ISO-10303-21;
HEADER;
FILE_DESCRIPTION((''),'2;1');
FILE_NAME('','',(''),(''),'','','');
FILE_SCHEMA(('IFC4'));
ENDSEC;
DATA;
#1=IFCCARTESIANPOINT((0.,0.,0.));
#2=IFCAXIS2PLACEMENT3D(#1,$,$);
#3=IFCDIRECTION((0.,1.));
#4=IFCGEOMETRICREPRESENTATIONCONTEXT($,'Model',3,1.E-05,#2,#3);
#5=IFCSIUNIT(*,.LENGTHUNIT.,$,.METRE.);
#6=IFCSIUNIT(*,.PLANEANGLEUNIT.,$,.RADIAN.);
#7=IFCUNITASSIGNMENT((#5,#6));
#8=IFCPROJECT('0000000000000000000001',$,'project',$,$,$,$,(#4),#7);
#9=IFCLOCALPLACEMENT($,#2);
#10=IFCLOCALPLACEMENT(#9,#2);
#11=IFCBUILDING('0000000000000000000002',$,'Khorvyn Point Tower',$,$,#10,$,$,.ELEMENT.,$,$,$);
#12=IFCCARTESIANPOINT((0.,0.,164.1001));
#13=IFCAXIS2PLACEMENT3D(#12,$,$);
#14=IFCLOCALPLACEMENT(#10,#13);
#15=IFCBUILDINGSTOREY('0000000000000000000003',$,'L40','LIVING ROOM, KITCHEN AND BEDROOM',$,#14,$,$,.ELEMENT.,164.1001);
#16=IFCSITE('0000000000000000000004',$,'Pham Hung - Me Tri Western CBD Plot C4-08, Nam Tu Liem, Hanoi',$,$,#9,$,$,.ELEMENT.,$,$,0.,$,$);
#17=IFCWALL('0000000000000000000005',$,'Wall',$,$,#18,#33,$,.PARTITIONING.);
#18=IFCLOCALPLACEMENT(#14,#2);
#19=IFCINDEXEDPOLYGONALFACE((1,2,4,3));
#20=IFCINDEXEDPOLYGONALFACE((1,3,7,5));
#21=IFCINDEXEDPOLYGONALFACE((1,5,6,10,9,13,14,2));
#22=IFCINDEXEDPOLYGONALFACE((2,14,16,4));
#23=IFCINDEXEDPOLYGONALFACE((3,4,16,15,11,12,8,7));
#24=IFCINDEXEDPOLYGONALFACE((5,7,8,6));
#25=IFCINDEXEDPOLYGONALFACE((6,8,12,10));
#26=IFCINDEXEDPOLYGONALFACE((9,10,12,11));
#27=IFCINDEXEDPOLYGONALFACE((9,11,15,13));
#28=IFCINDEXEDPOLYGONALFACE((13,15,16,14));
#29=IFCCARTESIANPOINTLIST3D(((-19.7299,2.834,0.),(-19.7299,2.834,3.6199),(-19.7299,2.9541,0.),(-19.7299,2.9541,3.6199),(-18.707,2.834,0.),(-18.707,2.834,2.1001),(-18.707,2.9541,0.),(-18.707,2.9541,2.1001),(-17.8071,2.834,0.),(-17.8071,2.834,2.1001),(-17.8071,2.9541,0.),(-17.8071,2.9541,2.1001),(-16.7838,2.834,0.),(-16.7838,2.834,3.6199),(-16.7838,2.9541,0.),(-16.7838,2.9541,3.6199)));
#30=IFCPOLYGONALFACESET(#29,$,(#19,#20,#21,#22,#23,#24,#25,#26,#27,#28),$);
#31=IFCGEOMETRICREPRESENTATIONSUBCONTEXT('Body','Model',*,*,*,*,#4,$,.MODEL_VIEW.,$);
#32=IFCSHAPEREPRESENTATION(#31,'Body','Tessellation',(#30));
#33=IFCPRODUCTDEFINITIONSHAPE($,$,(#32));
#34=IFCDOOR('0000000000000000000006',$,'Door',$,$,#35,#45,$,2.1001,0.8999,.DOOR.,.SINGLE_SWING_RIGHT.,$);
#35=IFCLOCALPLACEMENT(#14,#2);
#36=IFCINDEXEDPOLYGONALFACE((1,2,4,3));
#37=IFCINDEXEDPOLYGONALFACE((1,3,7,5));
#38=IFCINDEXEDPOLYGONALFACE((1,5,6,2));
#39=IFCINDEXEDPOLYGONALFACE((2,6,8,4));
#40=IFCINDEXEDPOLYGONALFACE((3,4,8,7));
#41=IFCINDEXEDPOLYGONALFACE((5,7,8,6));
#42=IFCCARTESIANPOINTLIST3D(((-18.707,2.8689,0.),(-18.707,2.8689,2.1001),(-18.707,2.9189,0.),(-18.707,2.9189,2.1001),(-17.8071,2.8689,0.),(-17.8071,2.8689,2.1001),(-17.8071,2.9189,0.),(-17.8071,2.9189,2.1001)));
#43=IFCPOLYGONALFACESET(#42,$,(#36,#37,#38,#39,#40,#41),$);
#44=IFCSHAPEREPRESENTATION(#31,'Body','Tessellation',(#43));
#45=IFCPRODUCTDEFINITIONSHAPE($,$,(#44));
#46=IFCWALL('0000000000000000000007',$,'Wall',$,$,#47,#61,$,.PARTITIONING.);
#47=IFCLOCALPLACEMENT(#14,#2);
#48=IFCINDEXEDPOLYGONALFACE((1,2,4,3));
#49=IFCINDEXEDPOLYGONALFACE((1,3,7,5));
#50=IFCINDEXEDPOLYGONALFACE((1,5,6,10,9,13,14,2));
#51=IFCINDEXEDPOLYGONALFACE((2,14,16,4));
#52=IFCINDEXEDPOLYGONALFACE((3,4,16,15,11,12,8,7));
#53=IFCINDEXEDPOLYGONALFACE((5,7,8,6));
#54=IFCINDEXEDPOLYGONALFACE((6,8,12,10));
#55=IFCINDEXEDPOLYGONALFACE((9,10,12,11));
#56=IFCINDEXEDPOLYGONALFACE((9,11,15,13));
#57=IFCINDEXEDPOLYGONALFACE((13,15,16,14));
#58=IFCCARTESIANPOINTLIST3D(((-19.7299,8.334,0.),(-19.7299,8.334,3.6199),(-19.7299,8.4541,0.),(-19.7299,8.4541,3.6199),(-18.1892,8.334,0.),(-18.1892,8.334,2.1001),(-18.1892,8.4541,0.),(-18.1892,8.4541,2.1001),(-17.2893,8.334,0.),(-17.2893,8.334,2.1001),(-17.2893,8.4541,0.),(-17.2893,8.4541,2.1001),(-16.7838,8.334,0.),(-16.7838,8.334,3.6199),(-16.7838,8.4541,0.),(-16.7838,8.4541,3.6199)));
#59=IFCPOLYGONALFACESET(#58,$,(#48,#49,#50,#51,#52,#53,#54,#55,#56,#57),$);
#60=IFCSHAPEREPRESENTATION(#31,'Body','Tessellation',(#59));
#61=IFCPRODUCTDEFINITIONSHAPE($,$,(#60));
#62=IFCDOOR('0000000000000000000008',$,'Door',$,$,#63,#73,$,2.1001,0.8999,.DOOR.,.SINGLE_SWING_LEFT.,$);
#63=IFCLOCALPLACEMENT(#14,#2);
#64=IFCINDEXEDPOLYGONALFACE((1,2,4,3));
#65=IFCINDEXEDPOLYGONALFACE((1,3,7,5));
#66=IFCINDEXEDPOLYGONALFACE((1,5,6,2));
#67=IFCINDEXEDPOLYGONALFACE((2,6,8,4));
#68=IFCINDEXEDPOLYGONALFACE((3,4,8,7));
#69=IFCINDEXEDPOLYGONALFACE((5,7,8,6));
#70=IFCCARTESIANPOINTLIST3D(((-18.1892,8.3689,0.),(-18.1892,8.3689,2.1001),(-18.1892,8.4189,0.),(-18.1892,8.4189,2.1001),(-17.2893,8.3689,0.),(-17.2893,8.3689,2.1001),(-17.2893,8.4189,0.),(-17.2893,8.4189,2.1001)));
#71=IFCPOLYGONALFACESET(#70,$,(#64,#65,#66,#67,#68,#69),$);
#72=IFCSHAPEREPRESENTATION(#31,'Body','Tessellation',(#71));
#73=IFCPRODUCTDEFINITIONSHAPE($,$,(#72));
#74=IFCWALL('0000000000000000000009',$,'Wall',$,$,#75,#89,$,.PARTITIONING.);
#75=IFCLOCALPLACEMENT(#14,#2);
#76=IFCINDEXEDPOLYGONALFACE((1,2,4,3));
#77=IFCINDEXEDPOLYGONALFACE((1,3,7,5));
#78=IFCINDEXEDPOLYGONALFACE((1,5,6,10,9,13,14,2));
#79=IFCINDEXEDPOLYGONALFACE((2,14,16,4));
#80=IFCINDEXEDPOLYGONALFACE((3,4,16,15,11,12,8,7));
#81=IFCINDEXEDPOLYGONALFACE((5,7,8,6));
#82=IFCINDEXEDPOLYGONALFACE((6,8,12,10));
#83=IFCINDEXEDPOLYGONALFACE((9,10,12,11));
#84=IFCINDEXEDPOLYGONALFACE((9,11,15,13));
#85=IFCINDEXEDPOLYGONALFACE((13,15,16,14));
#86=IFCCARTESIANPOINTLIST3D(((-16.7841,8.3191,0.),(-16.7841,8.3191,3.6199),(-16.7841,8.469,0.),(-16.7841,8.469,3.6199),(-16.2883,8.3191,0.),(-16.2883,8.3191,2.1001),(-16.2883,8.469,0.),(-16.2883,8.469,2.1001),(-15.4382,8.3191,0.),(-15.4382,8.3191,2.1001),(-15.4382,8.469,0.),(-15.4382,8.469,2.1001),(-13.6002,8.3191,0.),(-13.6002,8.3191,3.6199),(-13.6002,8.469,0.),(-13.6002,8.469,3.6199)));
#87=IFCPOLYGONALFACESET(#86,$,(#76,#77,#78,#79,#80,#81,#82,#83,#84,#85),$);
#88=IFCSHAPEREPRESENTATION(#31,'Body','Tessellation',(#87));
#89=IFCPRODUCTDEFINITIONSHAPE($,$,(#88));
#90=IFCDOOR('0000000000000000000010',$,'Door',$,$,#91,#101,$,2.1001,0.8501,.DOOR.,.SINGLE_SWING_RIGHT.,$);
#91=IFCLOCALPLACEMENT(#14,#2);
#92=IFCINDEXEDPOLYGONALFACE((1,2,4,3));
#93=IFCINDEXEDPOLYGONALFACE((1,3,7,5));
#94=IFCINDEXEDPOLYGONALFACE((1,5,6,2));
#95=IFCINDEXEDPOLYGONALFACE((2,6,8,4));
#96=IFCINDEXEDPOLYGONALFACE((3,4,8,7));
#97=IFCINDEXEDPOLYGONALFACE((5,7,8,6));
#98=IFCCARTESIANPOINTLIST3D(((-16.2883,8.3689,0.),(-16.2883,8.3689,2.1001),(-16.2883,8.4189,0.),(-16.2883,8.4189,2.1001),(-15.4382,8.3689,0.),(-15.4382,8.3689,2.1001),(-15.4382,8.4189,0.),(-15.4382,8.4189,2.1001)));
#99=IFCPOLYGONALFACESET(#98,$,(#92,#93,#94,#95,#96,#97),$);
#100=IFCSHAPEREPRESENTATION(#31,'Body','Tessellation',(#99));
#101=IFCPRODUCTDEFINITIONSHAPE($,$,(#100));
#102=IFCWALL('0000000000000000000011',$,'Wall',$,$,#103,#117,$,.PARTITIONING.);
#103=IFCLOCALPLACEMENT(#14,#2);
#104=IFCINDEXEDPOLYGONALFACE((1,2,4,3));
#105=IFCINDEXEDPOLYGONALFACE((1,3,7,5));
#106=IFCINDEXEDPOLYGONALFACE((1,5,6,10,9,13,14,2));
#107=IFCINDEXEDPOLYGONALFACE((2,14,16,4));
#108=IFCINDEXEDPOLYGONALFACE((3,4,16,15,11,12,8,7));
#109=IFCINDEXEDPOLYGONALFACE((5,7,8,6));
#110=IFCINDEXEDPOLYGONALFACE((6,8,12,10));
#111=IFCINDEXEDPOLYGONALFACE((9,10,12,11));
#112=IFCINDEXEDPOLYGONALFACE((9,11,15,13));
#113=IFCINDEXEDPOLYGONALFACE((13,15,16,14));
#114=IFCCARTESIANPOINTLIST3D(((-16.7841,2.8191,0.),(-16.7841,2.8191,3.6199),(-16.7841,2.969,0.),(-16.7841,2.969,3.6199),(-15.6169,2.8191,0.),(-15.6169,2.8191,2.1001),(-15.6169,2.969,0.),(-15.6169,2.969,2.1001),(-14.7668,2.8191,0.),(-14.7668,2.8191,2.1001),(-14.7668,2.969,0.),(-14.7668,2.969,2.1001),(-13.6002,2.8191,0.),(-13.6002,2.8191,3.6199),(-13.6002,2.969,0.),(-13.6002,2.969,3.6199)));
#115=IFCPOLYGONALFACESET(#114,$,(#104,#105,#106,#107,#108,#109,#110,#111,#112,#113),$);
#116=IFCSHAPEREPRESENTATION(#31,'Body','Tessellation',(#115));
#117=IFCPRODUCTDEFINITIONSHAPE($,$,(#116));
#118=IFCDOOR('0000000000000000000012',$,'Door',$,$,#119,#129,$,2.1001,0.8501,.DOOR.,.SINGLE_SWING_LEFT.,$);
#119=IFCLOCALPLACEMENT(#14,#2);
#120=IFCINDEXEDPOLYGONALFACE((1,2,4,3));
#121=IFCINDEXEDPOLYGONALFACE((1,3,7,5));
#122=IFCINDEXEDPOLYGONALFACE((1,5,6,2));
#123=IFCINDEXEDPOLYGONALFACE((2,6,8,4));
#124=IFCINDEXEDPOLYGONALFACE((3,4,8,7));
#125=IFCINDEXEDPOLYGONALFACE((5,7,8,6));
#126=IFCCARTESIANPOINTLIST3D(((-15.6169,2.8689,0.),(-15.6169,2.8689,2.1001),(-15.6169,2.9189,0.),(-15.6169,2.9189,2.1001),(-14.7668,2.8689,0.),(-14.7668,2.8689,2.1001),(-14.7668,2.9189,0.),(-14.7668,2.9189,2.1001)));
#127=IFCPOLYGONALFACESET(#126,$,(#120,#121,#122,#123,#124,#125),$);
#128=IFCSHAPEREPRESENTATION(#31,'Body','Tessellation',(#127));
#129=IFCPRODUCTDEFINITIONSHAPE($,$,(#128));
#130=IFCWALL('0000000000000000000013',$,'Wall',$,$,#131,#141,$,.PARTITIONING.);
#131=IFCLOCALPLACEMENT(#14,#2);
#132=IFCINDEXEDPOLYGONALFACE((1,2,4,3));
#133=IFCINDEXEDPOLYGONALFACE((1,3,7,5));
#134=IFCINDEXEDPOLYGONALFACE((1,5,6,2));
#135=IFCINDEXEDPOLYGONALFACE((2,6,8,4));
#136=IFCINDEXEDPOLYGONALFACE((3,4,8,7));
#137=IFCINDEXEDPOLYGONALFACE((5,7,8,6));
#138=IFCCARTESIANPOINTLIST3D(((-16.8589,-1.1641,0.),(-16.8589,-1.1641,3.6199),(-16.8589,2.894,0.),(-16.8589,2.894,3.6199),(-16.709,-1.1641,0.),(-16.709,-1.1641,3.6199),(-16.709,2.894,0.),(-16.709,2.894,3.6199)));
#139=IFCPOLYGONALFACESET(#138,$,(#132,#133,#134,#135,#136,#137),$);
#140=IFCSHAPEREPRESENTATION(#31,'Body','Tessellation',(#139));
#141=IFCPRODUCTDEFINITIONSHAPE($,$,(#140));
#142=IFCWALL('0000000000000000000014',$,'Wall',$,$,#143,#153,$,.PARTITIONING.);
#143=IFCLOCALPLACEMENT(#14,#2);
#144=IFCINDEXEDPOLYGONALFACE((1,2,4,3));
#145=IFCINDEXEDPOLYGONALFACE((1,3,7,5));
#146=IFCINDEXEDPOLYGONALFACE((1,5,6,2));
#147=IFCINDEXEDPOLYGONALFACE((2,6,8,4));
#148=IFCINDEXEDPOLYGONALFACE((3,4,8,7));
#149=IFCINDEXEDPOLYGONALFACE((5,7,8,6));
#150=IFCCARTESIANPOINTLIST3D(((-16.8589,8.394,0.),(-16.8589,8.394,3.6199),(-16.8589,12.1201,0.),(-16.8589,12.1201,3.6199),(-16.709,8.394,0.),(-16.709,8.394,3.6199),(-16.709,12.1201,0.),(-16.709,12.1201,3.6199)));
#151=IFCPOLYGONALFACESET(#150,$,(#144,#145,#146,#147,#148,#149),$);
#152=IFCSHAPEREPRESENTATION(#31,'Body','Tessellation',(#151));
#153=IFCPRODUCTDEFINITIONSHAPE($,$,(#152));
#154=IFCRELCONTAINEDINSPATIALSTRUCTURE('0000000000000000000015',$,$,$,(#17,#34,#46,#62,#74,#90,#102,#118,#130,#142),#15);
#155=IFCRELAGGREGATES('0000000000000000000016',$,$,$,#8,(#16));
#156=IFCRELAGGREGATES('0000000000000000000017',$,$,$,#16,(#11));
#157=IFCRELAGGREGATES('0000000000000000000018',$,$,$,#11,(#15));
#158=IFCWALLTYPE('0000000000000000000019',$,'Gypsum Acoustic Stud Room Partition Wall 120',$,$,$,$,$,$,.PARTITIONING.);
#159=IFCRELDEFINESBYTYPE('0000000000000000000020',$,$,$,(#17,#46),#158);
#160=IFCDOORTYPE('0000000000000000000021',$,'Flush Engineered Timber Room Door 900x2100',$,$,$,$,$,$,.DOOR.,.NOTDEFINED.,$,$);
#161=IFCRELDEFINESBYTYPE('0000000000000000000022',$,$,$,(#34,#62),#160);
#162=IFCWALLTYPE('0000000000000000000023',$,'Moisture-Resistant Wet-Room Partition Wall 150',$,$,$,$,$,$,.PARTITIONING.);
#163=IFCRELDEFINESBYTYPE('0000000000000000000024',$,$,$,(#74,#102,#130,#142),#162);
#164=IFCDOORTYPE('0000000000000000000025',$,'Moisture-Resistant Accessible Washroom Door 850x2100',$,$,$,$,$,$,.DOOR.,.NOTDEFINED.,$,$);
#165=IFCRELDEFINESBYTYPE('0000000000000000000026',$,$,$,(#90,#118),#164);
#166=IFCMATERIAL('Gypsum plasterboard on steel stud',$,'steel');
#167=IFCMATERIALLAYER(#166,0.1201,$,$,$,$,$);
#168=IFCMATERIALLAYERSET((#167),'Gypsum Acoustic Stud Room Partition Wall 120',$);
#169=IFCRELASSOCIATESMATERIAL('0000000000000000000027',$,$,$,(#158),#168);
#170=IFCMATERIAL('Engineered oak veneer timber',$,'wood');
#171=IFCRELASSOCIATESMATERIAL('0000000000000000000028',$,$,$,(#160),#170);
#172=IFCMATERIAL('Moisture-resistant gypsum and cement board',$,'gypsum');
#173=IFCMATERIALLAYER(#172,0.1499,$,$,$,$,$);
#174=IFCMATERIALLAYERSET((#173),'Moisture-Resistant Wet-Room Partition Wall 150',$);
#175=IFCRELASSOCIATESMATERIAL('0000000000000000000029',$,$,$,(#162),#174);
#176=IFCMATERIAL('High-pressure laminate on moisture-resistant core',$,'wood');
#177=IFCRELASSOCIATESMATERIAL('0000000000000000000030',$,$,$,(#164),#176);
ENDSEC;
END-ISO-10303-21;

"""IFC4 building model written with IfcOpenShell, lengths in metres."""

from ifc_helpers import new_model, si_unit, direction, frame, frame_2d, origin, place, context, subcontext, project, spatial, rectangle, extrude, material, layer, layer_set, type_object, element, fill, save


model = new_model("IFC4")

# Units and contexts
model_context = context("Model", 3, precision=1e-05, world=origin(), true_north=direction((0.0, 1.0)))
body_context = subcontext(model_context, "Body", "Model", "MODEL_VIEW")
ifc_project = project(units=[si_unit("LENGTHUNIT", "METRE"), si_unit("PLANEANGLEUNIT", "RADIAN")], contexts=[model_context])

# Site, building, storey
site_placement = place(None, origin())
site = spatial("IfcSite", under=ifc_project, at=site_placement, Name="Pham Hung - Me Tri Western CBD Plot C4-08, Nam Tu Liem, Hanoi", CompositionType="ELEMENT", RefElevation=0.0)
building_placement = place(site_placement, origin())
building = spatial("IfcBuilding", under=site, at=building_placement, Name="Khorvyn Point Tower", CompositionType="ELEMENT")
storey_placement = place(building_placement, frame((0.0, 0.0, 164.1001)))
storey = spatial("IfcBuildingStorey", under=building, at=storey_placement, Name="L40", Description="LIVING ROOM, KITCHEN AND BEDROOM", CompositionType="ELEMENT", Elevation=164.1001)

# Walls, openings, doors
ifc_material_1 = material(Name="Gypsum plasterboard on steel stud", Category="steel")
ifc_layer_1 = layer(ifc_material_1, 0.1201)
ifc_layer_set_1 = layer_set([ifc_layer_1], Name="Gypsum Acoustic Stud Room Partition Wall 120")
wall_type_1 = type_object("IfcWallType", Name="Gypsum Acoustic Stud Room Partition Wall 120", PredefinedType="PARTITIONING", material=ifc_layer_set_1)
wall_1_placement = place(storey_placement, frame((-19.73, 2.894, 0.0), z_axis=(0.0, 0.0, 1.0), x_axis=(1.0, 0.0, 0.0)))
wall_1 = element("IfcWall", 1, at=wall_1_placement, inside=storey, type_object=wall_type_1, Name="Wall", PredefinedType="PARTITIONING", context=body_context, shape_type="SweptSolid", body=[
    extrude(rectangle(XDim=2.946, YDim=0.1201, at=frame_2d((1.4731, 0.0))), origin(), (0.0, 0.0, 1.0), 3.6199),
])
opening_1_placement = place(wall_1_placement, frame((1.0229, 0.0, 0.0)))
opening_1 = element("IfcOpeningElement", 2, at=opening_1_placement, cuts=wall_1, PredefinedType="OPENING", context=body_context, shape_type="SweptSolid", body=[
    extrude(rectangle(XDim=0.8999, YDim=2.1001, at=frame_2d((0.45, 1.05))), frame((0.0, 0.0701, 0.0), z_axis=(0.0, -1.0, 0.0), x_axis=(1.0, 0.0, 0.0)), (0.0, 0.0, 1.0), 0.1401),
])
ifc_material_2 = material(Name="Engineered oak veneer timber", Category="wood")
door_type_1 = type_object("IfcDoorType", Name="Flush Engineered Timber Room Door 900x2100", OperationType="NOTDEFINED", PredefinedType="DOOR", material=ifc_material_2)
door_1_placement = place(opening_1_placement, origin())
door_1 = element("IfcDoor", 3, at=door_1_placement, inside=storey, type_object=door_type_1, Name="Door", OperationType="SINGLE_SWING_RIGHT", OverallHeight=2.1001, OverallWidth=0.8999, PredefinedType="DOOR", context=body_context, shape_type="SweptSolid", body=[
    extrude(rectangle(XDim=0.8999, YDim=2.1001, at=frame_2d((0.45, 1.05))), frame((0.0, 0.0249, 0.0), z_axis=(0.0, -1.0, 0.0), x_axis=(1.0, 0.0, 0.0)), (0.0, 0.0, 1.0), 0.05),
])
fill(opening_1, door_1)
wall_2_placement = place(storey_placement, frame((-19.73, 8.394, 0.0), z_axis=(0.0, 0.0, 1.0), x_axis=(1.0, 0.0, 0.0)))
wall_2 = element("IfcWall", 4, at=wall_2_placement, inside=storey, type_object=wall_type_1, Name="Wall", PredefinedType="PARTITIONING", context=body_context, shape_type="SweptSolid", body=[
    extrude(rectangle(XDim=2.946, YDim=0.1201, at=frame_2d((1.4731, 0.0))), origin(), (0.0, 0.0, 1.0), 3.6199),
])
opening_2_placement = place(wall_2_placement, frame((1.5408, 0.0, 0.0)))
opening_2 = element("IfcOpeningElement", 5, at=opening_2_placement, cuts=wall_2, PredefinedType="OPENING", context=body_context, shape_type="SweptSolid", body=[
    extrude(rectangle(XDim=0.8999, YDim=2.1001, at=frame_2d((0.45, 1.05))), frame((0.0, 0.0701, 0.0), z_axis=(0.0, -1.0, 0.0), x_axis=(1.0, 0.0, 0.0)), (0.0, 0.0, 1.0), 0.1401),
])
door_2_placement = place(opening_2_placement, origin())
door_2 = element("IfcDoor", 6, at=door_2_placement, inside=storey, type_object=door_type_1, Name="Door", OperationType="SINGLE_SWING_LEFT", OverallHeight=2.1001, OverallWidth=0.8999, PredefinedType="DOOR", context=body_context, shape_type="SweptSolid", body=[
    extrude(rectangle(XDim=0.8999, YDim=2.1001, at=frame_2d((0.45, 1.05))), frame((0.0, 0.0249, 0.0), z_axis=(0.0, -1.0, 0.0), x_axis=(1.0, 0.0, 0.0)), (0.0, 0.0, 1.0), 0.05),
])
fill(opening_2, door_2)
ifc_material_3 = material(Name="Moisture-resistant gypsum and cement board", Category="gypsum")
ifc_layer_2 = layer(ifc_material_3, 0.1499)
ifc_layer_set_2 = layer_set([ifc_layer_2], Name="Moisture-Resistant Wet-Room Partition Wall 150")
wall_type_2 = type_object("IfcWallType", Name="Moisture-Resistant Wet-Room Partition Wall 150", PredefinedType="PARTITIONING", material=ifc_layer_set_2)
wall_3_placement = place(storey_placement, frame((-16.7839, 8.394, 0.0), z_axis=(0.0, 0.0, 1.0), x_axis=(1.0, 0.0, 0.0)))
wall_3 = element("IfcWall", 7, at=wall_3_placement, inside=storey, type_object=wall_type_2, Name="Wall", PredefinedType="PARTITIONING", context=body_context, shape_type="SweptSolid", body=[
    extrude(rectangle(XDim=3.1838, YDim=0.1499, at=frame_2d((1.5918, 0.0))), origin(), (0.0, 0.0, 1.0), 3.6199),
])
opening_3_placement = place(wall_3_placement, frame((0.4956, 0.0, 0.0)))
opening_3 = element("IfcOpeningElement", 8, at=opening_3_placement, cuts=wall_3, PredefinedType="OPENING", context=body_context, shape_type="SweptSolid", body=[
    extrude(rectangle(XDim=0.8501, YDim=2.1001, at=frame_2d((0.425, 1.05))), frame((0.0, 0.085, 0.0), z_axis=(0.0, -1.0, 0.0), x_axis=(1.0, 0.0, 0.0)), (0.0, 0.0, 1.0), 0.1699),
])
ifc_material_4 = material(Name="High-pressure laminate on moisture-resistant core", Category="wood")
door_type_2 = type_object("IfcDoorType", Name="Moisture-Resistant Accessible Washroom Door 850x2100", OperationType="NOTDEFINED", PredefinedType="DOOR", material=ifc_material_4)
door_3_placement = place(opening_3_placement, origin())
door_3 = element("IfcDoor", 9, at=door_3_placement, inside=storey, type_object=door_type_2, Name="Door", OperationType="SINGLE_SWING_RIGHT", OverallHeight=2.1001, OverallWidth=0.8501, PredefinedType="DOOR", context=body_context, shape_type="SweptSolid", body=[
    extrude(rectangle(XDim=0.8501, YDim=2.1001, at=frame_2d((0.425, 1.05))), frame((0.0, 0.0249, 0.0), z_axis=(0.0, -1.0, 0.0), x_axis=(1.0, 0.0, 0.0)), (0.0, 0.0, 1.0), 0.05),
])
fill(opening_3, door_3)
wall_4_placement = place(storey_placement, frame((-16.7839, 2.894, 0.0), z_axis=(0.0, 0.0, 1.0), x_axis=(1.0, 0.0, 0.0)))
wall_4 = element("IfcWall", 10, at=wall_4_placement, inside=storey, type_object=wall_type_2, Name="Wall", PredefinedType="PARTITIONING", context=body_context, shape_type="SweptSolid", body=[
    extrude(rectangle(XDim=3.1838, YDim=0.1499, at=frame_2d((1.5918, 0.0))), origin(), (0.0, 0.0, 1.0), 3.6199),
])
opening_4_placement = place(wall_4_placement, frame((1.167, 0.0, 0.0)))
opening_4 = element("IfcOpeningElement", 11, at=opening_4_placement, cuts=wall_4, PredefinedType="OPENING", context=body_context, shape_type="SweptSolid", body=[
    extrude(rectangle(XDim=0.8501, YDim=2.1001, at=frame_2d((0.425, 1.05))), frame((0.0, 0.085, 0.0), z_axis=(0.0, -1.0, 0.0), x_axis=(1.0, 0.0, 0.0)), (0.0, 0.0, 1.0), 0.1699),
])
door_4_placement = place(opening_4_placement, origin())
door_4 = element("IfcDoor", 12, at=door_4_placement, inside=storey, type_object=door_type_2, Name="Door", OperationType="SINGLE_SWING_LEFT", OverallHeight=2.1001, OverallWidth=0.8501, PredefinedType="DOOR", context=body_context, shape_type="SweptSolid", body=[
    extrude(rectangle(XDim=0.8501, YDim=2.1001, at=frame_2d((0.425, 1.05))), frame((0.0, 0.0249, 0.0), z_axis=(0.0, -1.0, 0.0), x_axis=(1.0, 0.0, 0.0)), (0.0, 0.0, 1.0), 0.05),
])
fill(opening_4, door_4)

# Walls
wall_5_placement = place(storey_placement, frame((-16.7839, -1.1641, 0.0), z_axis=(0.0, 0.0, 1.0), x_axis=(0.0, 1.0, 0.0)))
element("IfcWall", 13, at=wall_5_placement, inside=storey, type_object=wall_type_2, Name="Wall", PredefinedType="PARTITIONING", context=body_context, shape_type="SweptSolid", body=[
    extrude(rectangle(XDim=4.0581, YDim=0.1499, at=frame_2d((2.0291, 0.0))), origin(), (0.0, 0.0, 1.0), 3.6199),
])
wall_6_placement = place(storey_placement, frame((-16.7839, 8.394, 0.0), z_axis=(0.0, 0.0, 1.0), x_axis=(0.0, 1.0, 0.0)))
element("IfcWall", 14, at=wall_6_placement, inside=storey, type_object=wall_type_2, Name="Wall", PredefinedType="PARTITIONING", context=body_context, shape_type="SweptSolid", body=[
    extrude(rectangle(XDim=3.7261, YDim=0.1499, at=frame_2d((1.863, 0.0))), origin(), (0.0, 0.0, 1.0), 3.6199),
])

save(model, "model.ifc")
